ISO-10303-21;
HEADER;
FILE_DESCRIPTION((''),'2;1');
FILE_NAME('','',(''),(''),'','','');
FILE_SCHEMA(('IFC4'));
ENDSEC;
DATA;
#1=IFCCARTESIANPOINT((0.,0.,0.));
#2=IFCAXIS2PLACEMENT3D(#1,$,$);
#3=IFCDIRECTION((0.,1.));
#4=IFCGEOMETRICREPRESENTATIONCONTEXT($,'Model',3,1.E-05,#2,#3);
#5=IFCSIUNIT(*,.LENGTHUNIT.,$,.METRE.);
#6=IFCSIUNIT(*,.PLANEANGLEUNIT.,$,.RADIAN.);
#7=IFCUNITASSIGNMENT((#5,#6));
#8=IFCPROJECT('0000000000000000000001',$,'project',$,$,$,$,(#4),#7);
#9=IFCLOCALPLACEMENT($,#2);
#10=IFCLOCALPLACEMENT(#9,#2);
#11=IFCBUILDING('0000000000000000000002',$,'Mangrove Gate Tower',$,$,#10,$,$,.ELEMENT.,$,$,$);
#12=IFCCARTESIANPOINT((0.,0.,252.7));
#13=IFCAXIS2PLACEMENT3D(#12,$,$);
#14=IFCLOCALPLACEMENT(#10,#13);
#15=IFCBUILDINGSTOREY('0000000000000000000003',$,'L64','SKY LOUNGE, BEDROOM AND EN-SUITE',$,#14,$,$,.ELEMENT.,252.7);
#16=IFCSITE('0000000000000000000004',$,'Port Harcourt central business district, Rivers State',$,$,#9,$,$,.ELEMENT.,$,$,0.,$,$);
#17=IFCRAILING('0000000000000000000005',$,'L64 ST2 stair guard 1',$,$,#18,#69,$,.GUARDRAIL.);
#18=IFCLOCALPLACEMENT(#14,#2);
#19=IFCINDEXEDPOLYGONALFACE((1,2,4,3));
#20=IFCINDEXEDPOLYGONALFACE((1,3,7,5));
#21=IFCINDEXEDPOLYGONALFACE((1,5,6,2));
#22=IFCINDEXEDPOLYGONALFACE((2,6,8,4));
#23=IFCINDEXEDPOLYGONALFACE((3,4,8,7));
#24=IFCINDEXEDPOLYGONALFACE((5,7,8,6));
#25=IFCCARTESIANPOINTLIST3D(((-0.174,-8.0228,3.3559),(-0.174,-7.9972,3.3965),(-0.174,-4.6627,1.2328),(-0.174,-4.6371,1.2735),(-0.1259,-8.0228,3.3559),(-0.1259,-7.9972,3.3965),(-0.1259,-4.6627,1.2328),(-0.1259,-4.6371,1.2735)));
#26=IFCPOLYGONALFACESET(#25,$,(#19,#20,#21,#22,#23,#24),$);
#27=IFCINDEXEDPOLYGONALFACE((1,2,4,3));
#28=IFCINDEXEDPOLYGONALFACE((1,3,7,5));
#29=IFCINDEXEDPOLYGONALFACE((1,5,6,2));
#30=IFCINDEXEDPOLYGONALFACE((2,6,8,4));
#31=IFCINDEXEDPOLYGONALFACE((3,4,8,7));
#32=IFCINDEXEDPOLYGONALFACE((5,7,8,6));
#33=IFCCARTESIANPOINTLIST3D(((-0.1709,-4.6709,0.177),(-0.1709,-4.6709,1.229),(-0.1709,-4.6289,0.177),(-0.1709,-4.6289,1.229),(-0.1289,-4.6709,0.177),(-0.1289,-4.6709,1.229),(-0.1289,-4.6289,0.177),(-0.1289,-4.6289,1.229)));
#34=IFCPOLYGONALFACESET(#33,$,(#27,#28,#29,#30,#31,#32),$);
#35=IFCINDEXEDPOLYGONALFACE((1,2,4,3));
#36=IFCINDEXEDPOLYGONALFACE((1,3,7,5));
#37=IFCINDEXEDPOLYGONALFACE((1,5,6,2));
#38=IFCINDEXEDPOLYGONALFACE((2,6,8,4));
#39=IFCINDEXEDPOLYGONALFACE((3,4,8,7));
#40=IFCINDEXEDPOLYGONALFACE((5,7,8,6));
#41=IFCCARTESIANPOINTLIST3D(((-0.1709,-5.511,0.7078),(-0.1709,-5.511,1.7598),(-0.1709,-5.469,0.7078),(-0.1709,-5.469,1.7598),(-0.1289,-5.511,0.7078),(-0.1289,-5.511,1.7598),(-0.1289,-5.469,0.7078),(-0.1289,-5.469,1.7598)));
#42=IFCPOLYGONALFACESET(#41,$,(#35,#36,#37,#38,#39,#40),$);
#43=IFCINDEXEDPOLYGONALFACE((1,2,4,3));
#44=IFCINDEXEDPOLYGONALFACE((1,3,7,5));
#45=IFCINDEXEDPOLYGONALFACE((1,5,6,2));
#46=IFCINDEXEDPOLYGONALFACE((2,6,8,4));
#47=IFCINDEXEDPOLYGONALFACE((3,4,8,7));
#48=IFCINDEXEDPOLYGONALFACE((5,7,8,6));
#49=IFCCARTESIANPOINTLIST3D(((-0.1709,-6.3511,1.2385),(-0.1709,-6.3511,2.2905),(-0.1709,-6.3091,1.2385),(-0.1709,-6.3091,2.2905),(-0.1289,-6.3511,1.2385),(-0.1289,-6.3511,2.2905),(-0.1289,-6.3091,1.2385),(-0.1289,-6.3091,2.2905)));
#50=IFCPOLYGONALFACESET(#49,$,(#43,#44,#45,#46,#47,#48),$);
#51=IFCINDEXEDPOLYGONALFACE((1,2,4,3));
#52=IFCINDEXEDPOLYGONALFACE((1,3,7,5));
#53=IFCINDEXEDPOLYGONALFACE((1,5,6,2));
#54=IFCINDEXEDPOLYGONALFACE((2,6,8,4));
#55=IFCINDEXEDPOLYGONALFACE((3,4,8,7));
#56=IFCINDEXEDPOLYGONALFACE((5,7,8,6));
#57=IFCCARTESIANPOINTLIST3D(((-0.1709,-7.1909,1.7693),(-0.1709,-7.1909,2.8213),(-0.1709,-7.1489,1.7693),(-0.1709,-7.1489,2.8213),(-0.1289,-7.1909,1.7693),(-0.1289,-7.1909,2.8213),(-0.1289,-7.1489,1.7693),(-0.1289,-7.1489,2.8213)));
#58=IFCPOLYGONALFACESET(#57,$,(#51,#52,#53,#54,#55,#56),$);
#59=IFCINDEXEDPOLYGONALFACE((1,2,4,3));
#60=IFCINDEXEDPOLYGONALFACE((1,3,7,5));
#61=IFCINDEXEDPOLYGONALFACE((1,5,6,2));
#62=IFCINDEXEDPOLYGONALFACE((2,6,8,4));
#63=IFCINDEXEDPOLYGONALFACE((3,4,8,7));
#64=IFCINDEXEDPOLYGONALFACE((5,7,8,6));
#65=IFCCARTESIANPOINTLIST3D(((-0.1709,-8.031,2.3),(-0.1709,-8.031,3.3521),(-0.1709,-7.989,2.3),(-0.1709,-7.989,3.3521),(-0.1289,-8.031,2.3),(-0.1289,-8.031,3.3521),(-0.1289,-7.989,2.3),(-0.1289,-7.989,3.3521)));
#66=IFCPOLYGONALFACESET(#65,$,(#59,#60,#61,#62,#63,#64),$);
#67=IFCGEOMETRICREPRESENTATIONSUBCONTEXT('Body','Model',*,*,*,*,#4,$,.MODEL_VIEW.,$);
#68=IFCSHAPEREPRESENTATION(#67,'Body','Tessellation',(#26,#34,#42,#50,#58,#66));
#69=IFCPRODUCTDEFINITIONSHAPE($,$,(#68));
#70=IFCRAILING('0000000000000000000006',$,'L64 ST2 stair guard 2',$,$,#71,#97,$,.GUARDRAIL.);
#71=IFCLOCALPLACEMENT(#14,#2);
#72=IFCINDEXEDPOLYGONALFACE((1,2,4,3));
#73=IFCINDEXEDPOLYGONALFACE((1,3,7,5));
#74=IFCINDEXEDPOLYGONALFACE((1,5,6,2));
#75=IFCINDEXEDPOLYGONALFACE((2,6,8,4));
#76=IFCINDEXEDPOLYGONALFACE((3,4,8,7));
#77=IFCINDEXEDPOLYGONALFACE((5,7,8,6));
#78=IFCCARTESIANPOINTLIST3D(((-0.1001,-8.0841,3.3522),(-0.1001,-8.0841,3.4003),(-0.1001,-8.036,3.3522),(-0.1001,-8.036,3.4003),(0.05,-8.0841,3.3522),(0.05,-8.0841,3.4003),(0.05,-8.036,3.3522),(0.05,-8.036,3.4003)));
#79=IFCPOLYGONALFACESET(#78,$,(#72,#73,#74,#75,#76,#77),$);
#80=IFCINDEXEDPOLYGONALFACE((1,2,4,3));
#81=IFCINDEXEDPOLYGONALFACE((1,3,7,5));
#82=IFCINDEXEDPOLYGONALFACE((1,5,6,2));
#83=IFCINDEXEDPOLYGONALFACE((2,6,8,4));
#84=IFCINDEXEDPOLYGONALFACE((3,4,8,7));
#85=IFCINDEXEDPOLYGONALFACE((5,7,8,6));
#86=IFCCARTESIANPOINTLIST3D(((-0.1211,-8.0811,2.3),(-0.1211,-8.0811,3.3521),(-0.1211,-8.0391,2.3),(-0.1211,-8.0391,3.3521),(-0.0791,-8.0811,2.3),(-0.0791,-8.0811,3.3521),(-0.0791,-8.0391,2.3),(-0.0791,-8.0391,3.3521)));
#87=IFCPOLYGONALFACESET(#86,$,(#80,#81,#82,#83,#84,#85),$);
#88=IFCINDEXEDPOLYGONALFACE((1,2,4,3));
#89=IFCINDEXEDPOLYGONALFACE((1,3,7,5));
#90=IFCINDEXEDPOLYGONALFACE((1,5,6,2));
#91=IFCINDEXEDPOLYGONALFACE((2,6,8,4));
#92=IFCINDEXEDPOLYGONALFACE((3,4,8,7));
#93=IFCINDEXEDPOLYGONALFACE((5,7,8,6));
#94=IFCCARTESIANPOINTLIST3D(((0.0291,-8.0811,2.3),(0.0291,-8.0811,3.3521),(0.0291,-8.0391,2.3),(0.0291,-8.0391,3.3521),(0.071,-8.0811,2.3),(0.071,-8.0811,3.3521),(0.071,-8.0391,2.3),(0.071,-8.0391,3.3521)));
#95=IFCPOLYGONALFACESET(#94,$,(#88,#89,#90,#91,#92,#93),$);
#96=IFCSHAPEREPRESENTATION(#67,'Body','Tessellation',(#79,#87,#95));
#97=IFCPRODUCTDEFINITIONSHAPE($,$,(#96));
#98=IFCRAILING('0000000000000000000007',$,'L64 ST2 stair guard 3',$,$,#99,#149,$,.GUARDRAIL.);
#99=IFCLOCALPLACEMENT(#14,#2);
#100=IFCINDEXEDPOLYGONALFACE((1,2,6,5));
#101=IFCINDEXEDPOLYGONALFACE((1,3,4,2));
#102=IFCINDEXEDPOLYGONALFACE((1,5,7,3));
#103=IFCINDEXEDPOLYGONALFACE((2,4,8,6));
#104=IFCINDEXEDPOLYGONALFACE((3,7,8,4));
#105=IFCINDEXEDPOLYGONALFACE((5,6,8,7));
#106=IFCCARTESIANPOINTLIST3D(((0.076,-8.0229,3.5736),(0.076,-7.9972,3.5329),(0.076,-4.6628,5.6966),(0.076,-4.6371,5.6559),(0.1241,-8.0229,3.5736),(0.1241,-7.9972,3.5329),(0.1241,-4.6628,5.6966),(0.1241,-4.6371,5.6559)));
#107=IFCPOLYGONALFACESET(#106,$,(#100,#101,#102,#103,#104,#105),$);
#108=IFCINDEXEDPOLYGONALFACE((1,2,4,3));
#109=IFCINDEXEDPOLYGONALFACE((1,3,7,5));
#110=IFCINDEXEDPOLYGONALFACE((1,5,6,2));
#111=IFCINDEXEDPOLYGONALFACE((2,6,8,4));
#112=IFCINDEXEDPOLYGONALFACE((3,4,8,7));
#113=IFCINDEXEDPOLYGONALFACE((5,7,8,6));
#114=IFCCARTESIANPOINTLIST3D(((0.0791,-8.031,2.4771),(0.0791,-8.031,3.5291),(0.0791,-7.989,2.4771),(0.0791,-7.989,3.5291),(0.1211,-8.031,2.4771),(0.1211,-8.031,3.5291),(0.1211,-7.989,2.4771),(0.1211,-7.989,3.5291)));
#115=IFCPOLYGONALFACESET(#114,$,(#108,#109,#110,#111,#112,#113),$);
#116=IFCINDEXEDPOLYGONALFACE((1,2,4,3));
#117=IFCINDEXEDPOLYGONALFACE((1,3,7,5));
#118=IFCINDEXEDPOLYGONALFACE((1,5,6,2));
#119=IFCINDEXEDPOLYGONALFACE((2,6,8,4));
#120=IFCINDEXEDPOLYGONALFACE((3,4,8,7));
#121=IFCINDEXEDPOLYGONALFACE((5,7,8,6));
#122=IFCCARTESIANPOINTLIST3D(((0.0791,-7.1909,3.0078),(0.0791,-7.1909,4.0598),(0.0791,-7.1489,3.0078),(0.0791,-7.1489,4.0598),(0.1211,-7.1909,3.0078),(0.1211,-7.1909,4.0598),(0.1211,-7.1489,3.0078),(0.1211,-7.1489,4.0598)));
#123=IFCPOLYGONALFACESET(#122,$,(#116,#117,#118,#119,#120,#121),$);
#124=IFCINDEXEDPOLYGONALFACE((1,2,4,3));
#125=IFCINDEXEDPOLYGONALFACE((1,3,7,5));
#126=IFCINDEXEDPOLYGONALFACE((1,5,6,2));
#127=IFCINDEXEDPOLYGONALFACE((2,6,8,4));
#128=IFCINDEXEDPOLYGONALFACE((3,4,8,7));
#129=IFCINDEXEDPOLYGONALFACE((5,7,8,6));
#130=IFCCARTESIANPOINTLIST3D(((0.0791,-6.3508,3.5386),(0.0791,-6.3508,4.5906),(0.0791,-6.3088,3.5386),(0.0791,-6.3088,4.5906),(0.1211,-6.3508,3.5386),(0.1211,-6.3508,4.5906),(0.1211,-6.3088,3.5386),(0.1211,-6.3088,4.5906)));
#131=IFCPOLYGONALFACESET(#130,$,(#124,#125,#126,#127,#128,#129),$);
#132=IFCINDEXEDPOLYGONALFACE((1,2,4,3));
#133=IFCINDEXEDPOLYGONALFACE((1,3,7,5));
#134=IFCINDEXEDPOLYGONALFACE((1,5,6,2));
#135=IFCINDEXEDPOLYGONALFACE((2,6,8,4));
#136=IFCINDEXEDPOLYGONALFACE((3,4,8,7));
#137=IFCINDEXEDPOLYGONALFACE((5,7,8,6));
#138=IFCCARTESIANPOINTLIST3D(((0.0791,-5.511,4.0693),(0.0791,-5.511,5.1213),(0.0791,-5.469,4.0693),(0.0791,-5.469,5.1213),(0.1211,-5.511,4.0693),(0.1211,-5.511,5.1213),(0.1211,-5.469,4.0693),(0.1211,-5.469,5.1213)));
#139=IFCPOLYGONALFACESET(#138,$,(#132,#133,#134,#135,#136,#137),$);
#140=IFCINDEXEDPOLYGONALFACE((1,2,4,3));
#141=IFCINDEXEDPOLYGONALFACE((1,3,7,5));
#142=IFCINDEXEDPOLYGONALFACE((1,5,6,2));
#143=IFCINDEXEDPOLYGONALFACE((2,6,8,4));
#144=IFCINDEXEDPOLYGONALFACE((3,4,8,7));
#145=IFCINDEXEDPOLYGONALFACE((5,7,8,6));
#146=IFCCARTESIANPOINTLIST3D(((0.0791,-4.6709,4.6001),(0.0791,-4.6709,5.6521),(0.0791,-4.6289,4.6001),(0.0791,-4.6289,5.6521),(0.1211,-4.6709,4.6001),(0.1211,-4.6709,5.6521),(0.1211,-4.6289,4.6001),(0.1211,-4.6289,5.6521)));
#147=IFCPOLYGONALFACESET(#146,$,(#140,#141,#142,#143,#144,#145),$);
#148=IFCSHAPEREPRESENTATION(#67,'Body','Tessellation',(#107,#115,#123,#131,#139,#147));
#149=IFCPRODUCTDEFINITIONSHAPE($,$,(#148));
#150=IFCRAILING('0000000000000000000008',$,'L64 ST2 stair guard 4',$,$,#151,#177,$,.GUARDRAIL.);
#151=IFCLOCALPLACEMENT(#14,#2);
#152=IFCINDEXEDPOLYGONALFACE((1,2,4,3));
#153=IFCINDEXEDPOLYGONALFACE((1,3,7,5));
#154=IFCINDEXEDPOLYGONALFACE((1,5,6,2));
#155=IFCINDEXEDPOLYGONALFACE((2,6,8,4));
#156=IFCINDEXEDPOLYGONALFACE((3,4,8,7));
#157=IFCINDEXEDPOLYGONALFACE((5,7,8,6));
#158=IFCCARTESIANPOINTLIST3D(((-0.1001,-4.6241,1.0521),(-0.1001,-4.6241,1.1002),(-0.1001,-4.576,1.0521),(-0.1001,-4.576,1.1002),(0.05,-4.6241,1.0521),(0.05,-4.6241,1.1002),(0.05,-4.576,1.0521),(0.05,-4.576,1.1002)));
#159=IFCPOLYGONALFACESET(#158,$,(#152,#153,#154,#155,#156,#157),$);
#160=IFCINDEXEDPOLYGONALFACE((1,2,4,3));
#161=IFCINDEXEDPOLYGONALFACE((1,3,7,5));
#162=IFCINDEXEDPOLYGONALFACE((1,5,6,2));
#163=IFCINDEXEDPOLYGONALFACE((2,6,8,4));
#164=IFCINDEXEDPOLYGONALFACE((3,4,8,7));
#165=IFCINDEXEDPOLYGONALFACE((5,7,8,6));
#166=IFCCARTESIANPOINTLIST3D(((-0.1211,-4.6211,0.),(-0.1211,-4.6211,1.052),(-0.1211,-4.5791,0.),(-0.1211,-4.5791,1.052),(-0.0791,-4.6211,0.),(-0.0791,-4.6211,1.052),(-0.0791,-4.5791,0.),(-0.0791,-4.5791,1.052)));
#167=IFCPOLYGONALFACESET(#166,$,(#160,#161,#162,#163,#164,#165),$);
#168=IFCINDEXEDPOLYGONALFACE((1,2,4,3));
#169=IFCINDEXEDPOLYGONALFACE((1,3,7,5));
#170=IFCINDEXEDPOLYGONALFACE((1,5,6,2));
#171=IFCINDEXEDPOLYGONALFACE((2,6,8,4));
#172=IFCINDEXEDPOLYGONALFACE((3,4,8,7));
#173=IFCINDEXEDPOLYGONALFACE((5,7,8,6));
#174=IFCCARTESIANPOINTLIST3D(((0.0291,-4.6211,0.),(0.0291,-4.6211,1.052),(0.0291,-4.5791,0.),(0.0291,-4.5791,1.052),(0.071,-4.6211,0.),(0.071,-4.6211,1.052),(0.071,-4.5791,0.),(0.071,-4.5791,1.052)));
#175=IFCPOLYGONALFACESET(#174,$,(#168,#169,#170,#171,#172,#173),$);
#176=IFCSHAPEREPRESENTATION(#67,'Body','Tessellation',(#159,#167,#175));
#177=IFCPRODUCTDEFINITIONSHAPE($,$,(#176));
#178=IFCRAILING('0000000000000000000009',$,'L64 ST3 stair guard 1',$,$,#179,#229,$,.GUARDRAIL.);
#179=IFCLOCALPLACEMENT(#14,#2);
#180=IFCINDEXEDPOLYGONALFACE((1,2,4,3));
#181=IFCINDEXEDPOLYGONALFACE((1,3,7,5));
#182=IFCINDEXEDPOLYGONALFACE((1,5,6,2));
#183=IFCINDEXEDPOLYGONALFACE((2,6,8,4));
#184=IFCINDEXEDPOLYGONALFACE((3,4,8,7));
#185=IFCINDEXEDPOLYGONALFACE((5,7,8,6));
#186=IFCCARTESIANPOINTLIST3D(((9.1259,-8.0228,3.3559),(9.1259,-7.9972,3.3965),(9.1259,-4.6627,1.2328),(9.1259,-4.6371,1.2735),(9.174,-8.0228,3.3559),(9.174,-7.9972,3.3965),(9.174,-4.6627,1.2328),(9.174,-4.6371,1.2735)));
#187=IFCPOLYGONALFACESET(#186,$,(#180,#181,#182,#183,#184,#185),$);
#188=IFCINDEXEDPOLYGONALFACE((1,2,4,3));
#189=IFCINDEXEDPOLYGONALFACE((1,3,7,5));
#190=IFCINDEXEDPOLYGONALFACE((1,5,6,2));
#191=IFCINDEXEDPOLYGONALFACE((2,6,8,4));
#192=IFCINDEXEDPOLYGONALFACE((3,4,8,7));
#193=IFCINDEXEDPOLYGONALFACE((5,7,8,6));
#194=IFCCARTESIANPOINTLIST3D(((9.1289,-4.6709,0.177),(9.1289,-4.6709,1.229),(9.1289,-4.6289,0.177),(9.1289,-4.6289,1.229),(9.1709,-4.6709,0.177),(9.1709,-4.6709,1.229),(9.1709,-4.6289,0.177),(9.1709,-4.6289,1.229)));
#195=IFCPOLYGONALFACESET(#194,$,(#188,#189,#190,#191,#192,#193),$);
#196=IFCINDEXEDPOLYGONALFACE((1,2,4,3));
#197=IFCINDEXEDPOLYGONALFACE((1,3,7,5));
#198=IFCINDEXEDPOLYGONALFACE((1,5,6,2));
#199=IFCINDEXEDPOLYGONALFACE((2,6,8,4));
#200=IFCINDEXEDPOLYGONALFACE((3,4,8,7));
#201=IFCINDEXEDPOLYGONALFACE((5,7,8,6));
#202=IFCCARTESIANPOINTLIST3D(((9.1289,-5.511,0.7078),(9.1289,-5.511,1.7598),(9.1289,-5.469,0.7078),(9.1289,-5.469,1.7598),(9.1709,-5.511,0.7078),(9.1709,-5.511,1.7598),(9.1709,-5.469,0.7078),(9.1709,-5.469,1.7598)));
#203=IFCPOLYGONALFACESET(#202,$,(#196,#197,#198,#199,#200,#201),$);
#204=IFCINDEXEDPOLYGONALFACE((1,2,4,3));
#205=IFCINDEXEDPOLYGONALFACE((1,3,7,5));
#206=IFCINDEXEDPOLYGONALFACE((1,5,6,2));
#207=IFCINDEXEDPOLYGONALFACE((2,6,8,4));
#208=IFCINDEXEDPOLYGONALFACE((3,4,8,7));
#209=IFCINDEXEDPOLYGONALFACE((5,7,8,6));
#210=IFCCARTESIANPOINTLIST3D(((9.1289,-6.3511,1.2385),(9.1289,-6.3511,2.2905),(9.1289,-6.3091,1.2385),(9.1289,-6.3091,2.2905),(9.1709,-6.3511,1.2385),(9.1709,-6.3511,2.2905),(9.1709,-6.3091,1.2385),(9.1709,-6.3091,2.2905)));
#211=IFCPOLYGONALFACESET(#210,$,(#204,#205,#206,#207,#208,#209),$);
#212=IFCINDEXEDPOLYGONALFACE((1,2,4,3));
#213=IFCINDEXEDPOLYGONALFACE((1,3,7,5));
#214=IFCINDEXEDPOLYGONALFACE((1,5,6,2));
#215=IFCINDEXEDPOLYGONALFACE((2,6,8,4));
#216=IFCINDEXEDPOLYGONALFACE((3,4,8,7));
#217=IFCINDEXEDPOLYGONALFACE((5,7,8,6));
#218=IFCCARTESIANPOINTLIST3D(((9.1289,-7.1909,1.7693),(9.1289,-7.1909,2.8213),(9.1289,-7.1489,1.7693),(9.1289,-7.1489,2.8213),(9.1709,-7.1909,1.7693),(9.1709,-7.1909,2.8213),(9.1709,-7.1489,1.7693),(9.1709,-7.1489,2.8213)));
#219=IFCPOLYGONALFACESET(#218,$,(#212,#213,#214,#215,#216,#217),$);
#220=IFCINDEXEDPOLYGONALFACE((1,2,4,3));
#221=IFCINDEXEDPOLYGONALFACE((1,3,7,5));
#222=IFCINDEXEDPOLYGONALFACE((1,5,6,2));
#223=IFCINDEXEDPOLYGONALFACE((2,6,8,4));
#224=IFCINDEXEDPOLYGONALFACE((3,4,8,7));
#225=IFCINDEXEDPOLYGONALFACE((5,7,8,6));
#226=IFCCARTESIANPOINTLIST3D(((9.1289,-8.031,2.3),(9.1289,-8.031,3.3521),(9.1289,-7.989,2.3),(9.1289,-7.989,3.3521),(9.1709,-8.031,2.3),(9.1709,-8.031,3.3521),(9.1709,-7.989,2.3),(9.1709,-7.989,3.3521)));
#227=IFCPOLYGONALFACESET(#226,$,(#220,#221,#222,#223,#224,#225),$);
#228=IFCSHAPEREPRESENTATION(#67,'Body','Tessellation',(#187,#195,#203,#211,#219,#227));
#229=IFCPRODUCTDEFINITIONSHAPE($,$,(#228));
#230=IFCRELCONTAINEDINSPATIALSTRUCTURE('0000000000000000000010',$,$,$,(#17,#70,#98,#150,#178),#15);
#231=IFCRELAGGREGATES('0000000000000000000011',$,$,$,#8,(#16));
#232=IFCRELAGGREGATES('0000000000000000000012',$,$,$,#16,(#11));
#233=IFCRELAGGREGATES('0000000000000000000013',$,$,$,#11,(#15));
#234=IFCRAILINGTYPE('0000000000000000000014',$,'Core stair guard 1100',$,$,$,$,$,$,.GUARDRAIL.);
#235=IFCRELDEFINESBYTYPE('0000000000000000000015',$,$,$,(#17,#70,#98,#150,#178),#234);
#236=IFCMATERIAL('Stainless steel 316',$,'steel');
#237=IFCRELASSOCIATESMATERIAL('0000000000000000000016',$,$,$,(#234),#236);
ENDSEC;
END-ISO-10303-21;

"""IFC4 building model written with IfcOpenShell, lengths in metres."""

from ifc_helpers import new_model, si_unit, direction, frame, origin, origin_2d, place, context, subcontext, project, spatial, rectangle, extrude, material, type_object, element, save


model = new_model("IFC4")

# Units and contexts
model_context = context("Model", 3, precision=1e-05, world=origin(), true_north=direction((0.0, 1.0)))
body_context = subcontext(model_context, "Body", "Model", "MODEL_VIEW")
ifc_project = project(units=[si_unit("LENGTHUNIT", "METRE"), si_unit("PLANEANGLEUNIT", "RADIAN")], contexts=[model_context])

# Site, building, storey
site_placement = place(None, origin())
site = spatial("IfcSite", under=ifc_project, at=site_placement, Name="Port Harcourt central business district, Rivers State", CompositionType="ELEMENT", RefElevation=0.0)
building_placement = place(site_placement, origin())
building = spatial("IfcBuilding", under=site, at=building_placement, Name="Mangrove Gate Tower", CompositionType="ELEMENT")
storey_placement = place(building_placement, frame((0.0, 0.0, 252.7)))
storey = spatial("IfcBuildingStorey", under=building, at=storey_placement, Name="L64", Description="SKY LOUNGE, BEDROOM AND EN-SUITE", CompositionType="ELEMENT", Elevation=252.7)

# Railings
ifc_material_1 = material(Name="Stainless steel 316", Category="steel")
railing_type_1 = type_object("IfcRailingType", Name="Core stair guard 1100", PredefinedType="GUARDRAIL", material=ifc_material_1)
railing_1_placement = place(storey_placement, frame((-0.1499, -4.6499, 0.177)))
element("IfcRailing", 1, at=railing_1_placement, inside=storey, type_object=railing_type_1, Name="L64 ST2 stair guard 1", PredefinedType="GUARDRAIL", context=body_context, shape_type="SweptSolid", body=[
    extrude(rectangle(XDim=0.0481, YDim=0.0481, at=origin_2d()), frame((0.0, 0.0, 1.0762), z_axis=(0.0, -0.84539, 0.53415), x_axis=(1.0, 0.0, 0.0)), (0.0, 0.0, 1.0), 3.9746),
    extrude(rectangle(XDim=0.042, YDim=0.042, at=origin_2d()), origin(), (0.0, 0.0, 1.0), 1.052),
    extrude(rectangle(XDim=0.042, YDim=0.042, at=origin_2d()), frame((0.0, -0.8401, 0.5308)), (0.0, 0.0, 1.0), 1.052),
    extrude(rectangle(XDim=0.042, YDim=0.042, at=origin_2d()), frame((0.0, -1.6802, 1.0615)), (0.0, 0.0, 1.0), 1.052),
    extrude(rectangle(XDim=0.042, YDim=0.042, at=origin_2d()), frame((0.0, -2.52, 1.5923)), (0.0, 0.0, 1.0), 1.052),
    extrude(rectangle(XDim=0.042, YDim=0.042, at=origin_2d()), frame((0.0, -3.3601, 2.123)), (0.0, 0.0, 1.0), 1.052),
])
railing_2_placement = place(storey_placement, frame((-0.1001, -8.0601, 2.3)))
element("IfcRailing", 2, at=railing_2_placement, inside=storey, type_object=railing_type_1, Name="L64 ST2 stair guard 2", PredefinedType="GUARDRAIL", context=body_context, shape_type="SweptSolid", body=[
    extrude(rectangle(XDim=0.0481, YDim=0.0481, at=origin_2d()), frame((0.0, 0.0, 1.0762), z_axis=(1.0, 0.0, 0.0), x_axis=(0.0, 1.0, 0.0)), (0.0, 0.0, 1.0), 0.1501),
    extrude(rectangle(XDim=0.042, YDim=0.042, at=origin_2d()), origin(), (0.0, 0.0, 1.0), 1.052),
    extrude(rectangle(XDim=0.042, YDim=0.042, at=origin_2d()), frame((0.1501, 0.0, 0.0)), (0.0, 0.0, 1.0), 1.052),
])
railing_3_placement = place(storey_placement, frame((0.1001, -8.01, 2.4771)))
element("IfcRailing", 3, at=railing_3_placement, inside=storey, type_object=railing_type_1, Name="L64 ST2 stair guard 3", PredefinedType="GUARDRAIL", context=body_context, shape_type="SweptSolid", body=[
    extrude(rectangle(XDim=0.0481, YDim=0.0481, at=origin_2d()), frame((0.0, 0.0, 1.0762), z_axis=(0.0, 0.84539, 0.53415), x_axis=(-1.0, 0.0, 0.0)), (0.0, 0.0, 1.0), 3.9746),
    extrude(rectangle(XDim=0.042, YDim=0.042, at=origin_2d()), origin(), (0.0, 0.0, 1.0), 1.052),
    extrude(rectangle(XDim=0.042, YDim=0.042, at=origin_2d()), frame((0.0, 0.8401, 0.5308)), (0.0, 0.0, 1.0), 1.052),
    extrude(rectangle(XDim=0.042, YDim=0.042, at=origin_2d()), frame((0.0, 1.6802, 1.0615)), (0.0, 0.0, 1.0), 1.052),
    extrude(rectangle(XDim=0.042, YDim=0.042, at=origin_2d()), frame((0.0, 2.52, 1.5923)), (0.0, 0.0, 1.0), 1.052),
    extrude(rectangle(XDim=0.042, YDim=0.042, at=origin_2d()), frame((0.0, 3.3601, 2.123)), (0.0, 0.0, 1.0), 1.052),
])
railing_4_placement = place(storey_placement, frame((-0.1001, -4.6001, 0.0)))
element("IfcRailing", 4, at=railing_4_placement, inside=storey, type_object=railing_type_1, Name="L64 ST2 stair guard 4", PredefinedType="GUARDRAIL", context=body_context, shape_type="SweptSolid", body=[
    extrude(rectangle(XDim=0.0481, YDim=0.0481, at=origin_2d()), frame((0.0, 0.0, 1.0762), z_axis=(1.0, 0.0, 0.0), x_axis=(0.0, 1.0, 0.0)), (0.0, 0.0, 1.0), 0.1501),
    extrude(rectangle(XDim=0.042, YDim=0.042, at=origin_2d()), origin(), (0.0, 0.0, 1.0), 1.052),
    extrude(rectangle(XDim=0.042, YDim=0.042, at=origin_2d()), frame((0.1501, 0.0, 0.0)), (0.0, 0.0, 1.0), 1.052),
])
railing_5_placement = place(storey_placement, frame((9.1499, -4.6499, 0.177)))
element("IfcRailing", 5, at=railing_5_placement, inside=storey, type_object=railing_type_1, Name="L64 ST3 stair guard 1", PredefinedType="GUARDRAIL", context=body_context, shape_type="SweptSolid", body=[
    extrude(rectangle(XDim=0.0481, YDim=0.0481, at=origin_2d()), frame((0.0, 0.0, 1.0762), z_axis=(0.0, -0.84539, 0.53415), x_axis=(1.0, 0.0, 0.0)), (0.0, 0.0, 1.0), 3.9746),
    extrude(rectangle(XDim=0.042, YDim=0.042, at=origin_2d()), origin(), (0.0, 0.0, 1.0), 1.052),
    extrude(rectangle(XDim=0.042, YDim=0.042, at=origin_2d()), frame((0.0, -0.8401, 0.5308)), (0.0, 0.0, 1.0), 1.052),
    extrude(rectangle(XDim=0.042, YDim=0.042, at=origin_2d()), frame((0.0, -1.6802, 1.0615)), (0.0, 0.0, 1.0), 1.052),
    extrude(rectangle(XDim=0.042, YDim=0.042, at=origin_2d()), frame((0.0, -2.52, 1.5923)), (0.0, 0.0, 1.0), 1.052),
    extrude(rectangle(XDim=0.042, YDim=0.042, at=origin_2d()), frame((0.0, -3.3601, 2.123)), (0.0, 0.0, 1.0), 1.052),
])

save(model, "model.ifc")
